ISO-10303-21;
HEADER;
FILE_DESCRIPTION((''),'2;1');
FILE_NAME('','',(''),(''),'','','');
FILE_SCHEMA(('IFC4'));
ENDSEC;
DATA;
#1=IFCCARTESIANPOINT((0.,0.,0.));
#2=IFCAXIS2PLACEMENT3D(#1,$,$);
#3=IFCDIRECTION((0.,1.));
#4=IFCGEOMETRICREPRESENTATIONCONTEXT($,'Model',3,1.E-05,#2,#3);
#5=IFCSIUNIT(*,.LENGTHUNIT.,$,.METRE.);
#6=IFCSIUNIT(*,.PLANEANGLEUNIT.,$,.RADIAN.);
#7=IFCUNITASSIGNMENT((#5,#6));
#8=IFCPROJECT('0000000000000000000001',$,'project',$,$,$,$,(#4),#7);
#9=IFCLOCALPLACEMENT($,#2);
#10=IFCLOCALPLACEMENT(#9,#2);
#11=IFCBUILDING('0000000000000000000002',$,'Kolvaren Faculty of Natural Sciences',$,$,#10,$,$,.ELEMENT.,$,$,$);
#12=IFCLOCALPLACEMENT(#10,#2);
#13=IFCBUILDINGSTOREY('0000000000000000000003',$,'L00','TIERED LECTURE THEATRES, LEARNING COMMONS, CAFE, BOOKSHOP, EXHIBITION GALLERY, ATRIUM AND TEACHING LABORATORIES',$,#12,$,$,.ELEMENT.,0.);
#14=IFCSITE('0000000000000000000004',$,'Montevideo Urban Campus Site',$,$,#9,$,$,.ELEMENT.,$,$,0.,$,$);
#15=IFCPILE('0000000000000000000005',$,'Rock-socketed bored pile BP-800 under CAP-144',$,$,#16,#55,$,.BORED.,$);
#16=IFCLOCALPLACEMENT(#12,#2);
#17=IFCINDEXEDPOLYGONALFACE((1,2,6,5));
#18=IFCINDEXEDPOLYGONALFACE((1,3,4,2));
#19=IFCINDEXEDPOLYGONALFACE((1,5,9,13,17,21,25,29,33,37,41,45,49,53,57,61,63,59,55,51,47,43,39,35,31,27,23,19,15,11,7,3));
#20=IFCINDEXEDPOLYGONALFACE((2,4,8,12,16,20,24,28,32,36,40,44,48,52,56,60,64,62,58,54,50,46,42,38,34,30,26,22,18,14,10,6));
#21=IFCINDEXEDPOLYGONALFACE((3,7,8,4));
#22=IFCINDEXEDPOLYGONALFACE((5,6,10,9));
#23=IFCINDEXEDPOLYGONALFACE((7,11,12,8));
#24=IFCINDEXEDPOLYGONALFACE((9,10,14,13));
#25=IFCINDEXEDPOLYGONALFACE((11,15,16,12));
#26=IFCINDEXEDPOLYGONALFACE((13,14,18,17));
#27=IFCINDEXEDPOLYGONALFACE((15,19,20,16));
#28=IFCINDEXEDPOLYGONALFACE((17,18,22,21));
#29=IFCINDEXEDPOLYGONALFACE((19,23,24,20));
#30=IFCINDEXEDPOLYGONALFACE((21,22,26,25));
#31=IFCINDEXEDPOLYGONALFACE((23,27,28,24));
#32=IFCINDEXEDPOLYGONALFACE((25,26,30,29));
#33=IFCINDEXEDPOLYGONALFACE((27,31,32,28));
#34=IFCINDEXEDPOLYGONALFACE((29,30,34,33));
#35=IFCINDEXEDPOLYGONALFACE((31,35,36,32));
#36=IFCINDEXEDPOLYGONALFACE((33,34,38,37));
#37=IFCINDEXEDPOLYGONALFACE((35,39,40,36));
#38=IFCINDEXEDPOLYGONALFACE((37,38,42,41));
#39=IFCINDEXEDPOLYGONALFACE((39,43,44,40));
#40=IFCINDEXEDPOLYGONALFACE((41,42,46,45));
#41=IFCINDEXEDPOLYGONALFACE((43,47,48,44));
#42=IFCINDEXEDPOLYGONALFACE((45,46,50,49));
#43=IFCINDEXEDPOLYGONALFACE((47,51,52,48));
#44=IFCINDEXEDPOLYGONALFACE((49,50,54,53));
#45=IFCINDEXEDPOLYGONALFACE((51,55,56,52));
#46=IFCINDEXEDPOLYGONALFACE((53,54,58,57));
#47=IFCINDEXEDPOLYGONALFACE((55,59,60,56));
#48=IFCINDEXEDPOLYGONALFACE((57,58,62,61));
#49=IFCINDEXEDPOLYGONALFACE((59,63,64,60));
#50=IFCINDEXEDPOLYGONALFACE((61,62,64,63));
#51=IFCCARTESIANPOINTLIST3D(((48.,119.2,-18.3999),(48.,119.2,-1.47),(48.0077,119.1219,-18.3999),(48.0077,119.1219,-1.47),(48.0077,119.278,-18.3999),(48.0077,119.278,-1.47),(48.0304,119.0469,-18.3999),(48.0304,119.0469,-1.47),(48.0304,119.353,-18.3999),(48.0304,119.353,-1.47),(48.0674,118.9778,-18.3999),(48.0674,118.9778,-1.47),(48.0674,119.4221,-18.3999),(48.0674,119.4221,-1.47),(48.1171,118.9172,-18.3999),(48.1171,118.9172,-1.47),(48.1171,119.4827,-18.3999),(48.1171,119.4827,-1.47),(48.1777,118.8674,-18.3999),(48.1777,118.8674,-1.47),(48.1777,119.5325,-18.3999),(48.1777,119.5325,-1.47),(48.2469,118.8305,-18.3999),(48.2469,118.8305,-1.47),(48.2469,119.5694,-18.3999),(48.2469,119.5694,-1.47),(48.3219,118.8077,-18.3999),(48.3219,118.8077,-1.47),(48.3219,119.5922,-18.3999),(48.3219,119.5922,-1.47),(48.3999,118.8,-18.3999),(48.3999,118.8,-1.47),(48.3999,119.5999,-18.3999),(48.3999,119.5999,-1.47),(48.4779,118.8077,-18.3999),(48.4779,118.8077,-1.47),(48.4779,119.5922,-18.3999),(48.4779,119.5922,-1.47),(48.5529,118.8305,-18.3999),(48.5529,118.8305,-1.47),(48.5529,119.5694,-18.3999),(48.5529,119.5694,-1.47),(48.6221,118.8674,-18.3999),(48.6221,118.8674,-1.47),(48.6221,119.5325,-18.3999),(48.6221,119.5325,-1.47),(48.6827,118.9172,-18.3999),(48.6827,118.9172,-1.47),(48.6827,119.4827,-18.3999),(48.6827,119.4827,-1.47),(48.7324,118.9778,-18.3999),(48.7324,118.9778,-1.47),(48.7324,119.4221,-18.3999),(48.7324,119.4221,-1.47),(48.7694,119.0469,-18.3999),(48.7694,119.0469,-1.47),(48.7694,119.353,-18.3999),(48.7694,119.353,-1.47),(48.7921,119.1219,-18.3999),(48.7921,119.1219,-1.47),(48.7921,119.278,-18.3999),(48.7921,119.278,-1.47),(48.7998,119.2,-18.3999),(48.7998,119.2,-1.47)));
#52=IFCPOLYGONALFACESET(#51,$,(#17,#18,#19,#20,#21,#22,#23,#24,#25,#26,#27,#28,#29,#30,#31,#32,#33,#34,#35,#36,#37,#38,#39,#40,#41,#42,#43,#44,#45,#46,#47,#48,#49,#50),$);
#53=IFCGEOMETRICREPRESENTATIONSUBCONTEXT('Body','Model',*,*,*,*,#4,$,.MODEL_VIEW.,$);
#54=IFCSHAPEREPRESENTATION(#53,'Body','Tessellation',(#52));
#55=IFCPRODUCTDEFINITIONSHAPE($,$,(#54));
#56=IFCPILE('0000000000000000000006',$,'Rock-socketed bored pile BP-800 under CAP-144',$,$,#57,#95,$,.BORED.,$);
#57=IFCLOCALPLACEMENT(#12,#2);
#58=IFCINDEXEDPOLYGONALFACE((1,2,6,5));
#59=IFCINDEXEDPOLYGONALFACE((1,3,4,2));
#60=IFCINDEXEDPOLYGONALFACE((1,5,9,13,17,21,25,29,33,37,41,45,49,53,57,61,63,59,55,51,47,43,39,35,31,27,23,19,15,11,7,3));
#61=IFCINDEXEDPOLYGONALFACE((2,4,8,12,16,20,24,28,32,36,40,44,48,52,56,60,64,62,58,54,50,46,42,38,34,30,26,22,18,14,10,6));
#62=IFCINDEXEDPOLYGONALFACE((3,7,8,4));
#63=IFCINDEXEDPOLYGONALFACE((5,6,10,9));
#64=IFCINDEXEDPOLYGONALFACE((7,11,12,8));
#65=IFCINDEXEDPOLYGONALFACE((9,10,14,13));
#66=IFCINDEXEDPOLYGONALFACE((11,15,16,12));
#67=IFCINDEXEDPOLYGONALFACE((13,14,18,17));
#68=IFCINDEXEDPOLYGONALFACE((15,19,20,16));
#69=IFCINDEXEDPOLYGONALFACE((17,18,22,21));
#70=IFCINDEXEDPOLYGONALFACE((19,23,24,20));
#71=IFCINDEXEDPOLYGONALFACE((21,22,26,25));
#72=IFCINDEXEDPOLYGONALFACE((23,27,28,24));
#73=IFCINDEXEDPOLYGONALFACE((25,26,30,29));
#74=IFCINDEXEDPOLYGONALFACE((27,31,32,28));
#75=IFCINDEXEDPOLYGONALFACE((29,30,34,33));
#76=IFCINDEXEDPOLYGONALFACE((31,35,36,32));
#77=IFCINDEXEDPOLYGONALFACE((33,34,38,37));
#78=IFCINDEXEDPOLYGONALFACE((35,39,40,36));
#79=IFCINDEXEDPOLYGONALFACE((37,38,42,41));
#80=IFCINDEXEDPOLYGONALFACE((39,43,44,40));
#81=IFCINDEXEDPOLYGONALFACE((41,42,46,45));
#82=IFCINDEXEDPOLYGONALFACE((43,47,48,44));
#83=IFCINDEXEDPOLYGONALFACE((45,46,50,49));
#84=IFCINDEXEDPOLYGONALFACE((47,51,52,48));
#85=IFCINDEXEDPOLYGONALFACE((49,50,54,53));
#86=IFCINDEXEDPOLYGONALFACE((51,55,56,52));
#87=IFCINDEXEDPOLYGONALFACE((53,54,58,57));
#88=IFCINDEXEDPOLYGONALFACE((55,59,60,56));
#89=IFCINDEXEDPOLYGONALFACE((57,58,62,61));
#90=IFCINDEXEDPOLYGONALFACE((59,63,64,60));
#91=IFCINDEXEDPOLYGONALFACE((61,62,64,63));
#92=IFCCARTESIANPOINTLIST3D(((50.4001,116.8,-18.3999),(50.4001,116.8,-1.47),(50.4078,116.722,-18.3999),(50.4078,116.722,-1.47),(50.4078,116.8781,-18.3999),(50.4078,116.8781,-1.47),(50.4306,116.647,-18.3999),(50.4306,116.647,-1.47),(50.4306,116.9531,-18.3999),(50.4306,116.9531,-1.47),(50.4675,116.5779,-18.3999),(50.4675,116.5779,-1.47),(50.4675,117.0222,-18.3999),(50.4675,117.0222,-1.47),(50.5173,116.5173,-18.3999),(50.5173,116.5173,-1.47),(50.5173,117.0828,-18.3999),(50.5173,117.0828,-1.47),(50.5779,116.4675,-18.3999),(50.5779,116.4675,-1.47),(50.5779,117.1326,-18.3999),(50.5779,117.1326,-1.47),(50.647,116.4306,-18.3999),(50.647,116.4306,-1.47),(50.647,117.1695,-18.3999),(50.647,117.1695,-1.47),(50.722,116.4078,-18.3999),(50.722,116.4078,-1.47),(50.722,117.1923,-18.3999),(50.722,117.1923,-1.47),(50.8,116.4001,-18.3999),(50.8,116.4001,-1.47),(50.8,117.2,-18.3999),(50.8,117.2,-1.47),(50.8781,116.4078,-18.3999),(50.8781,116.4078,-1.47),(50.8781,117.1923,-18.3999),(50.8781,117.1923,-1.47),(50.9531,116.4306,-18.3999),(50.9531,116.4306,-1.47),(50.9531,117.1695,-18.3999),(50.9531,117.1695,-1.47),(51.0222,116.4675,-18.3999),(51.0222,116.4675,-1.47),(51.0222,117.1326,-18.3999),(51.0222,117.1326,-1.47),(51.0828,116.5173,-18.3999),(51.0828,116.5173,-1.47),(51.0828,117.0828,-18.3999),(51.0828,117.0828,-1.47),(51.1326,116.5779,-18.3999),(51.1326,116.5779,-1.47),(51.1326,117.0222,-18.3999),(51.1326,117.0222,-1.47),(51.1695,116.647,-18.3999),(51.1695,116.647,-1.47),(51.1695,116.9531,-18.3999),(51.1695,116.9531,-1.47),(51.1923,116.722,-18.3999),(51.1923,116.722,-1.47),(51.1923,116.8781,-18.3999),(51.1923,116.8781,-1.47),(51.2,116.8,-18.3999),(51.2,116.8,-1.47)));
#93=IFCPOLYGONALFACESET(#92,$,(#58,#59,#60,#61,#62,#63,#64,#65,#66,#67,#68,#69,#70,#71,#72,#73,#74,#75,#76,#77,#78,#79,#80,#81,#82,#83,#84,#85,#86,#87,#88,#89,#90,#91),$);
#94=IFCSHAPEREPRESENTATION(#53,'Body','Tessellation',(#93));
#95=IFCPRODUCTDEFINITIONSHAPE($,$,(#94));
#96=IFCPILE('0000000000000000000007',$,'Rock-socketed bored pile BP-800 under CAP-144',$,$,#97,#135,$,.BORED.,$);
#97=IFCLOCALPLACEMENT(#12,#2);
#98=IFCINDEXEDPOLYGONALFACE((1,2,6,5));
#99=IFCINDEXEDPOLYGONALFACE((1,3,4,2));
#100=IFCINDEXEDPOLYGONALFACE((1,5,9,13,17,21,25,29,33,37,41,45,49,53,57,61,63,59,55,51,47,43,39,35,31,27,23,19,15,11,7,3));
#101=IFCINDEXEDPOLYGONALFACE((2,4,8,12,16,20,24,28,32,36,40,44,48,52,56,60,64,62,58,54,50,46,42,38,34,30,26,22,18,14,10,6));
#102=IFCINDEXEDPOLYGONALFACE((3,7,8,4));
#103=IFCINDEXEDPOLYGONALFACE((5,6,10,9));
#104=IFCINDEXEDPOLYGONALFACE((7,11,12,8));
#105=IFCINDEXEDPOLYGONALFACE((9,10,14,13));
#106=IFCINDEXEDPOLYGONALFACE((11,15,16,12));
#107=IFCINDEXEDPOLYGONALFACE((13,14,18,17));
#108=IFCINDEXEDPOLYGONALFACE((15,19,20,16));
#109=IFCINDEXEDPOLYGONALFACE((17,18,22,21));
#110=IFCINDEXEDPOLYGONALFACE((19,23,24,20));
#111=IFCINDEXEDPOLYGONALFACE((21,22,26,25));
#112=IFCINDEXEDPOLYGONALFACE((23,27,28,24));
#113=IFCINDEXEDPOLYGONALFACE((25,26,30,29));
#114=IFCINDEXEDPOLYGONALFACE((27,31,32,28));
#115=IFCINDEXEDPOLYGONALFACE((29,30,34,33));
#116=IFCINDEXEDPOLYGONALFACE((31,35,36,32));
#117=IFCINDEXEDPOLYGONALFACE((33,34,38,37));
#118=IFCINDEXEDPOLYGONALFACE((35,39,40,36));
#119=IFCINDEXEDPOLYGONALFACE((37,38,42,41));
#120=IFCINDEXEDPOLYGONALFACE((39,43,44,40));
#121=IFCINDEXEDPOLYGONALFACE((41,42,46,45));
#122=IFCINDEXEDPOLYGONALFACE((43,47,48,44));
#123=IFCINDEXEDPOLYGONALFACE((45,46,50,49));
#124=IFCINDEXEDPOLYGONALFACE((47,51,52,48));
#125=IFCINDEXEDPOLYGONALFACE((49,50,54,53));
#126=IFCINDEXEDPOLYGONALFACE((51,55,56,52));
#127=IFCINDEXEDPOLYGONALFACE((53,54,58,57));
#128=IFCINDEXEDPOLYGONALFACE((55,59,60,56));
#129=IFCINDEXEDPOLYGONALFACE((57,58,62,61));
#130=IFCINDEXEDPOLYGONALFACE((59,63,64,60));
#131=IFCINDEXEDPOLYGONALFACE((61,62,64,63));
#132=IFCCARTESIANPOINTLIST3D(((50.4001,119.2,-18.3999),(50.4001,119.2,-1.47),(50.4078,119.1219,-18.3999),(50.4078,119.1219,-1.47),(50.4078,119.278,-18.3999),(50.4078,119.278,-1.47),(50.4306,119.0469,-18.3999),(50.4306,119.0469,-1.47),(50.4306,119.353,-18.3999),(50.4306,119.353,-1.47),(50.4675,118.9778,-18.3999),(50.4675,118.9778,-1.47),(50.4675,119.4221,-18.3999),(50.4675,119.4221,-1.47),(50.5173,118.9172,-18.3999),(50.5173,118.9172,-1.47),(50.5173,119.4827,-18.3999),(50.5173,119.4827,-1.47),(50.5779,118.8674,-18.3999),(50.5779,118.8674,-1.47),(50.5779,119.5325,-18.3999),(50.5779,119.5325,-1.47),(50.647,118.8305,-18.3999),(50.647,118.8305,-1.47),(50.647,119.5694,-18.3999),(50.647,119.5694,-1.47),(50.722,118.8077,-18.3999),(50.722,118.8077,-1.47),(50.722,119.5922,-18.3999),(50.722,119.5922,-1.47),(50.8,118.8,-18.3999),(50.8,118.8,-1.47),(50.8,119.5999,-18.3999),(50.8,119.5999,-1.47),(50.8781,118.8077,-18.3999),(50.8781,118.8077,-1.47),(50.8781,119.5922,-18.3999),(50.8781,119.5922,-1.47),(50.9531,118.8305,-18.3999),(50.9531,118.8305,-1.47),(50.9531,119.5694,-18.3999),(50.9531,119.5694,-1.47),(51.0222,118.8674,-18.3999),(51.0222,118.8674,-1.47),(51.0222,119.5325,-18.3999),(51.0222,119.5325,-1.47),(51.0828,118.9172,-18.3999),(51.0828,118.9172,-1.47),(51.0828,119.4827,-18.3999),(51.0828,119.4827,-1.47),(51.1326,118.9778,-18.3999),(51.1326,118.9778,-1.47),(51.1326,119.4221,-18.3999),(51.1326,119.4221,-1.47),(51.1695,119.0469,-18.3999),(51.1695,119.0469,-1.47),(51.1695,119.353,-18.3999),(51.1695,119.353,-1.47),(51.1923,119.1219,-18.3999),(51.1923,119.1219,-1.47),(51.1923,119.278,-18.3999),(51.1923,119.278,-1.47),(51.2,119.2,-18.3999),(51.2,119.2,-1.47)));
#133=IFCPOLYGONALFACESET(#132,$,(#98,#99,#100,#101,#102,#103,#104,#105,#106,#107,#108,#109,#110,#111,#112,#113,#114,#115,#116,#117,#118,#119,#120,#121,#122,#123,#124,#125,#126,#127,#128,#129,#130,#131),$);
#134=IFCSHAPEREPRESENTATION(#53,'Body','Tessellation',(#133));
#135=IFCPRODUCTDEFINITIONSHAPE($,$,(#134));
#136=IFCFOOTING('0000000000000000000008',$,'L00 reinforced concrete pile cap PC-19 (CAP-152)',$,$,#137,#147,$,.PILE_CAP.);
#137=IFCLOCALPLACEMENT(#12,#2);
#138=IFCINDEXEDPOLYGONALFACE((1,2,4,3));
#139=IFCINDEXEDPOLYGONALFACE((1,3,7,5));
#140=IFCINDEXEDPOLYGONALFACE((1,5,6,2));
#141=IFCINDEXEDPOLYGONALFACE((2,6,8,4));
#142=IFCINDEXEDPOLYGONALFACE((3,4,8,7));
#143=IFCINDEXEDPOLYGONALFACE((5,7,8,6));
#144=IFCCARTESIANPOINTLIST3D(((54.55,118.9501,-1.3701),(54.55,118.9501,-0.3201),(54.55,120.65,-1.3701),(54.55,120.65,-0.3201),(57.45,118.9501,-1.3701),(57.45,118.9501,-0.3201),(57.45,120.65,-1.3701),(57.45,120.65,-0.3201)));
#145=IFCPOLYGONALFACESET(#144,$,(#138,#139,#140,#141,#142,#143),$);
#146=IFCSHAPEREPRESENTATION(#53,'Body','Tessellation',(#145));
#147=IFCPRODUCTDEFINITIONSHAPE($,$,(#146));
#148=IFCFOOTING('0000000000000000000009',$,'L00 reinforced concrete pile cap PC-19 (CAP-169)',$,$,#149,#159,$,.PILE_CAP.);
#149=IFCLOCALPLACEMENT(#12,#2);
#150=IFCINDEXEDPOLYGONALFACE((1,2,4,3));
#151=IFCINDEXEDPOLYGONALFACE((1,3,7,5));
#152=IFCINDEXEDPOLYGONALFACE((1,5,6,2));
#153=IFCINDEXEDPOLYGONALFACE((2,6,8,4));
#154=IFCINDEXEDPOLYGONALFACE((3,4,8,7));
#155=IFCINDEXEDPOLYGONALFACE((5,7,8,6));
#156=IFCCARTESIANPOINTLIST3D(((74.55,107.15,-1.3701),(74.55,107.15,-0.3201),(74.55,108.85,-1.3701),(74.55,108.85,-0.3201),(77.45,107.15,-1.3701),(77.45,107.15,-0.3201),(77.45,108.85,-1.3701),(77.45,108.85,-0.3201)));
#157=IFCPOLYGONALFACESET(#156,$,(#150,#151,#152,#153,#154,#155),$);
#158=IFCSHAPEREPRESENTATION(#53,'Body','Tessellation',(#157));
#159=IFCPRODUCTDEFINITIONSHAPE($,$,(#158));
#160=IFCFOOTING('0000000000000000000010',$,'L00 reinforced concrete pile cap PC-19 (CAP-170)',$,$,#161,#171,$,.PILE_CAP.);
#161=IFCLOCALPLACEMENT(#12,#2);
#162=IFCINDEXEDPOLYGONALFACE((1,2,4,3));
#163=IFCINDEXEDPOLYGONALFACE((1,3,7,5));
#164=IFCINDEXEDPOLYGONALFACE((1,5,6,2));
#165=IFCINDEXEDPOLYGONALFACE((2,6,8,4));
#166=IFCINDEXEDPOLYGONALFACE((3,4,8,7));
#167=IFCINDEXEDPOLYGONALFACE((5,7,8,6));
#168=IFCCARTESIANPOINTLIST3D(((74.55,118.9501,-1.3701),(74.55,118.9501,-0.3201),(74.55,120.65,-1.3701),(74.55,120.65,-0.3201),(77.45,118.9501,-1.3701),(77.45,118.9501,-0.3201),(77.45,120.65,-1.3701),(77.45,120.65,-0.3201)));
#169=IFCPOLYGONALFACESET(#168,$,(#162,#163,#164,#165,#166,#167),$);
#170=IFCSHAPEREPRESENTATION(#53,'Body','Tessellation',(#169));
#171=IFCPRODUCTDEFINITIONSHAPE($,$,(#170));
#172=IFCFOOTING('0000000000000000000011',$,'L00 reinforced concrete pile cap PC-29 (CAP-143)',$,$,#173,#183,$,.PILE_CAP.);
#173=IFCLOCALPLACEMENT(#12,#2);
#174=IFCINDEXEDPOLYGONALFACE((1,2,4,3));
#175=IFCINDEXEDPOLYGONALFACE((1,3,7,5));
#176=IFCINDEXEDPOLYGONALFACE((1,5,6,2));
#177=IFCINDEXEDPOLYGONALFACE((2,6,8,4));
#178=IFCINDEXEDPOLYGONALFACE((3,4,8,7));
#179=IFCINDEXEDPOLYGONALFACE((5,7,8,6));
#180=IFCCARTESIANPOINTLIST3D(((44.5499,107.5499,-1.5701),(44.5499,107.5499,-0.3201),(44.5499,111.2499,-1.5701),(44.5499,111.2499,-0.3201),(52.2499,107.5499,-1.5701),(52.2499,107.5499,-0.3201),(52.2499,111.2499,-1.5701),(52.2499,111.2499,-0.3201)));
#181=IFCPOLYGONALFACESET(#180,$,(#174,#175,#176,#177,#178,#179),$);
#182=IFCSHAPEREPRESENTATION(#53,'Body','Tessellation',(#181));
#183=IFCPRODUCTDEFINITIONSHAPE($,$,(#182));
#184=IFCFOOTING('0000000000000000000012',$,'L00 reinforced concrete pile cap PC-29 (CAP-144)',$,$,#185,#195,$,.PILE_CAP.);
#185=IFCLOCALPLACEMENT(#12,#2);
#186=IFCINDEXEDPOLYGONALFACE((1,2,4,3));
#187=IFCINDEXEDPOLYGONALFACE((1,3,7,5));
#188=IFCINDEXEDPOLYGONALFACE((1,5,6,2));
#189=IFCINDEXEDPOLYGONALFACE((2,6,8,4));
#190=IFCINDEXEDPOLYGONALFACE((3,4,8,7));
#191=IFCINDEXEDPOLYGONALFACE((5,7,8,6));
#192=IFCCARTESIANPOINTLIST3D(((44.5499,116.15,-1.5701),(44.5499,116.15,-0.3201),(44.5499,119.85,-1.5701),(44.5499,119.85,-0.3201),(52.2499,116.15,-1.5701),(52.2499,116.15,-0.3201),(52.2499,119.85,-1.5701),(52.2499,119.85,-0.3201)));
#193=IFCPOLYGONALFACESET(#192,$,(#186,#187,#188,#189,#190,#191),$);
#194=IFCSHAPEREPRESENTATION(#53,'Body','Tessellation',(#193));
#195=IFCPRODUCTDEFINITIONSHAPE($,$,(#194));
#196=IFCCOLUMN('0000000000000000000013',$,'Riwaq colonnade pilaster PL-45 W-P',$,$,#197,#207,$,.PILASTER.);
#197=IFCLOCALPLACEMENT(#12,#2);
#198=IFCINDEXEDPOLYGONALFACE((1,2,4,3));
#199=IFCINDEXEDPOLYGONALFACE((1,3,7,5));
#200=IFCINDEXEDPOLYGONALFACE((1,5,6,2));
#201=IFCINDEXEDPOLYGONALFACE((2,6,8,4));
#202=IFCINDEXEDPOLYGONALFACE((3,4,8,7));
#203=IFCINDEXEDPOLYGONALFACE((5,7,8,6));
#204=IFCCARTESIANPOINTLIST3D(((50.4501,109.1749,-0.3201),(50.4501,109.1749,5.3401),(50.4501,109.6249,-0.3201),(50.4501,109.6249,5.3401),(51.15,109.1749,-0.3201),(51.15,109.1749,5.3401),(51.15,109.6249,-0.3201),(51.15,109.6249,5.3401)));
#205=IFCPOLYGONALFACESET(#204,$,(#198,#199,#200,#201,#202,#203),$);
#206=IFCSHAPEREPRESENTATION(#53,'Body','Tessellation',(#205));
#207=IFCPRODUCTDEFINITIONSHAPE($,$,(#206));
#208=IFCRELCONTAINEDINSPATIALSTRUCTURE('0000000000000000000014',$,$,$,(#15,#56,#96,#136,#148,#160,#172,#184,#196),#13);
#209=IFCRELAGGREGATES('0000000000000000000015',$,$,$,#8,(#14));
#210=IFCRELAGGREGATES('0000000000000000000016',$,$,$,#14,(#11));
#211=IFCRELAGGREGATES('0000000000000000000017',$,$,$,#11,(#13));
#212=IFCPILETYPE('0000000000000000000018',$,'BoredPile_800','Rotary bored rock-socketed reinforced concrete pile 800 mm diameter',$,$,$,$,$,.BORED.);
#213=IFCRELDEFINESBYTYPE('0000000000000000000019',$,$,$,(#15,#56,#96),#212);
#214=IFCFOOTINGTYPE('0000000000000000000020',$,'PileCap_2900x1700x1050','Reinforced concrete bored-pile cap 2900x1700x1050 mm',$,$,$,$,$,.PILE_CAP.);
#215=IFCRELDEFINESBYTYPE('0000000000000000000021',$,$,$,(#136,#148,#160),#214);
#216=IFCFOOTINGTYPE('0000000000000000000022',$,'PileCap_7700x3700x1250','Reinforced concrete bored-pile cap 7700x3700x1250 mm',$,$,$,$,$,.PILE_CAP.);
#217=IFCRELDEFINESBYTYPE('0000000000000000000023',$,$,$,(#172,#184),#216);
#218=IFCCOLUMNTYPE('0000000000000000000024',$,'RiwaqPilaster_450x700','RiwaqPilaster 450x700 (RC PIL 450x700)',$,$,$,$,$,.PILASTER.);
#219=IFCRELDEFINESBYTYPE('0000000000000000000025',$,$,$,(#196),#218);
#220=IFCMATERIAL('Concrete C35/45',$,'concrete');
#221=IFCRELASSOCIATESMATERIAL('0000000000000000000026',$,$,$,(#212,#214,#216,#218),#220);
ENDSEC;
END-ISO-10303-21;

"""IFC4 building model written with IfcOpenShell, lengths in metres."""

from ifc_helpers import new_model, si_unit, direction, frame, origin, origin_2d, place, context, subcontext, project, spatial, rectangle, circle, extrude, material, material_profile, profile_set, type_object, element, save


model = new_model("IFC4")

# Units and contexts
model_context = context("Model", 3, precision=1e-05, world=origin(), true_north=direction((0.0, 1.0)))
body_context = subcontext(model_context, "Body", "Model", "MODEL_VIEW")
ifc_project = project(units=[si_unit("LENGTHUNIT", "METRE"), si_unit("PLANEANGLEUNIT", "RADIAN")], contexts=[model_context])

# Site, building, storey
site_placement = place(None, origin())
site = spatial("IfcSite", under=ifc_project, at=site_placement, Name="Montevideo Urban Campus Site", CompositionType="ELEMENT", RefElevation=0.0)
building_placement = place(site_placement, origin())
building = spatial("IfcBuilding", under=site, at=building_placement, Name="Kolvaren Faculty of Natural Sciences", CompositionType="ELEMENT")
storey_placement = place(building_placement, origin())
storey = spatial("IfcBuildingStorey", under=building, at=storey_placement, Name="L00", Description="TIERED LECTURE THEATRES, LEARNING COMMONS, CAFE, BOOKSHOP, EXHIBITION GALLERY, ATRIUM AND TEACHING LABORATORIES", CompositionType="ELEMENT", Elevation=0.0)

# Piles
ifc_material_1 = material(Name="Concrete C35/45", Category="concrete")
ifc_material_profile_1 = material_profile(ifc_material_1, circle(Radius=0.3999, at=origin_2d()), Name="PILE D800")
ifc_profile_set_1 = profile_set([ifc_material_profile_1], Name="Concrete C35/45")
pile_type_1 = type_object("IfcPileType", Name="BoredPile_800", Description="Rotary bored rock-socketed reinforced concrete pile 800 mm diameter", PredefinedType="BORED", material=ifc_profile_set_1)
for number, where, z_axis, x_axis, name in (
    (1, (48.3999, 119.2, -1.47), (0.0, 0.0, -1.0), (1.0, 0.0, 0.0), "Rock-socketed bored pile BP-800 under CAP-144"),
    (2, (50.8, 116.8, -1.47), (0.0, 0.0, -1.0), (1.0, 0.0, 0.0), "Rock-socketed bored pile BP-800 under CAP-144"),
    (3, (50.8, 119.2, -1.47), (0.0, 0.0, -1.0), (1.0, 0.0, 0.0), "Rock-socketed bored pile BP-800 under CAP-144"),
):
    element("IfcPile", number, at=place(storey_placement, frame(where, z_axis=z_axis, x_axis=x_axis)), inside=storey, type_object=pile_type_1, Name=name, PredefinedType="BORED", context=body_context, shape_type="SweptSolid", body=[
        extrude(circle(Radius=0.3999, at=origin_2d()), origin(), (0.0, 0.0, 1.0), 16.9299),
    ])

# Footings
footing_type_1 = type_object("IfcFootingType", Name="PileCap_2900x1700x1050", Description="Reinforced concrete bored-pile cap 2900x1700x1050 mm", PredefinedType="PILE_CAP", material=ifc_material_1)
for number, where, z_axis, x_axis, name in (
    (4, (56.0, 119.8, -1.3701), (0.0, 0.0, 1.0), (1.0, 0.0, 0.0), "L00 reinforced concrete pile cap PC-19 (CAP-152)"),
    (5, (76.0, 108.0, -1.3701), (0.0, 0.0, 1.0), (1.0, 0.0, 0.0), "L00 reinforced concrete pile cap PC-19 (CAP-169)"),
    (6, (76.0, 119.8, -1.3701), (0.0, 0.0, 1.0), (1.0, 0.0, 0.0), "L00 reinforced concrete pile cap PC-19 (CAP-170)"),
):
    element("IfcFooting", number, at=place(storey_placement, frame(where, z_axis=z_axis, x_axis=x_axis)), inside=storey, type_object=footing_type_1, Name=name, PredefinedType="PILE_CAP", context=body_context, shape_type="SweptSolid", body=[
        extrude(rectangle(XDim=2.8999, YDim=1.7, at=origin_2d()), origin(), (0.0, 0.0, 1.0), 1.05),
    ])
footing_type_2 = type_object("IfcFootingType", Name="PileCap_7700x3700x1250", Description="Reinforced concrete bored-pile cap 7700x3700x1250 mm", PredefinedType="PILE_CAP", material=ifc_material_1)
for number, where, z_axis, x_axis, name in (
    (7, (48.3999, 109.3999, -1.5701), (0.0, 0.0, 1.0), (1.0, 0.0, 0.0), "L00 reinforced concrete pile cap PC-29 (CAP-143)"),
    (8, (48.3999, 118.0, -1.5701), (0.0, 0.0, 1.0), (1.0, 0.0, 0.0), "L00 reinforced concrete pile cap PC-29 (CAP-144)"),
):
    element("IfcFooting", number, at=place(storey_placement, frame(where, z_axis=z_axis, x_axis=x_axis)), inside=storey, type_object=footing_type_2, Name=name, PredefinedType="PILE_CAP", context=body_context, shape_type="SweptSolid", body=[
        extrude(rectangle(XDim=7.7, YDim=3.7, at=origin_2d()), origin(), (0.0, 0.0, 1.0), 1.25),
    ])

# Column
ifc_material_profile_2 = material_profile(ifc_material_1, rectangle(XDim=0.45, YDim=0.7, at=origin_2d()), Name="RC PIL 450x700")
ifc_profile_set_2 = profile_set([ifc_material_profile_2], Name="Concrete C35/45")
column_type = type_object("IfcColumnType", Name="RiwaqPilaster_450x700", Description="RiwaqPilaster 450x700 (RC PIL 450x700)", PredefinedType="PILASTER", material=ifc_profile_set_2)
for number, where, z_axis, x_axis, name in (
    (9, (50.8, 109.3999, -0.3201), (0.0, 0.0, 1.0), (0.0, 1.0, 0.0), "Riwaq colonnade pilaster PL-45 W-P"),
):
    element("IfcColumn", number, at=place(storey_placement, frame(where, z_axis=z_axis, x_axis=x_axis)), inside=storey, type_object=column_type, Name=name, PredefinedType="PILASTER", context=body_context, shape_type="SweptSolid", body=[
        extrude(rectangle(XDim=0.45, YDim=0.7, at=origin_2d()), origin(), (0.0, 0.0, 1.0), 5.6602),
    ])

save(model, "model.ifc")
